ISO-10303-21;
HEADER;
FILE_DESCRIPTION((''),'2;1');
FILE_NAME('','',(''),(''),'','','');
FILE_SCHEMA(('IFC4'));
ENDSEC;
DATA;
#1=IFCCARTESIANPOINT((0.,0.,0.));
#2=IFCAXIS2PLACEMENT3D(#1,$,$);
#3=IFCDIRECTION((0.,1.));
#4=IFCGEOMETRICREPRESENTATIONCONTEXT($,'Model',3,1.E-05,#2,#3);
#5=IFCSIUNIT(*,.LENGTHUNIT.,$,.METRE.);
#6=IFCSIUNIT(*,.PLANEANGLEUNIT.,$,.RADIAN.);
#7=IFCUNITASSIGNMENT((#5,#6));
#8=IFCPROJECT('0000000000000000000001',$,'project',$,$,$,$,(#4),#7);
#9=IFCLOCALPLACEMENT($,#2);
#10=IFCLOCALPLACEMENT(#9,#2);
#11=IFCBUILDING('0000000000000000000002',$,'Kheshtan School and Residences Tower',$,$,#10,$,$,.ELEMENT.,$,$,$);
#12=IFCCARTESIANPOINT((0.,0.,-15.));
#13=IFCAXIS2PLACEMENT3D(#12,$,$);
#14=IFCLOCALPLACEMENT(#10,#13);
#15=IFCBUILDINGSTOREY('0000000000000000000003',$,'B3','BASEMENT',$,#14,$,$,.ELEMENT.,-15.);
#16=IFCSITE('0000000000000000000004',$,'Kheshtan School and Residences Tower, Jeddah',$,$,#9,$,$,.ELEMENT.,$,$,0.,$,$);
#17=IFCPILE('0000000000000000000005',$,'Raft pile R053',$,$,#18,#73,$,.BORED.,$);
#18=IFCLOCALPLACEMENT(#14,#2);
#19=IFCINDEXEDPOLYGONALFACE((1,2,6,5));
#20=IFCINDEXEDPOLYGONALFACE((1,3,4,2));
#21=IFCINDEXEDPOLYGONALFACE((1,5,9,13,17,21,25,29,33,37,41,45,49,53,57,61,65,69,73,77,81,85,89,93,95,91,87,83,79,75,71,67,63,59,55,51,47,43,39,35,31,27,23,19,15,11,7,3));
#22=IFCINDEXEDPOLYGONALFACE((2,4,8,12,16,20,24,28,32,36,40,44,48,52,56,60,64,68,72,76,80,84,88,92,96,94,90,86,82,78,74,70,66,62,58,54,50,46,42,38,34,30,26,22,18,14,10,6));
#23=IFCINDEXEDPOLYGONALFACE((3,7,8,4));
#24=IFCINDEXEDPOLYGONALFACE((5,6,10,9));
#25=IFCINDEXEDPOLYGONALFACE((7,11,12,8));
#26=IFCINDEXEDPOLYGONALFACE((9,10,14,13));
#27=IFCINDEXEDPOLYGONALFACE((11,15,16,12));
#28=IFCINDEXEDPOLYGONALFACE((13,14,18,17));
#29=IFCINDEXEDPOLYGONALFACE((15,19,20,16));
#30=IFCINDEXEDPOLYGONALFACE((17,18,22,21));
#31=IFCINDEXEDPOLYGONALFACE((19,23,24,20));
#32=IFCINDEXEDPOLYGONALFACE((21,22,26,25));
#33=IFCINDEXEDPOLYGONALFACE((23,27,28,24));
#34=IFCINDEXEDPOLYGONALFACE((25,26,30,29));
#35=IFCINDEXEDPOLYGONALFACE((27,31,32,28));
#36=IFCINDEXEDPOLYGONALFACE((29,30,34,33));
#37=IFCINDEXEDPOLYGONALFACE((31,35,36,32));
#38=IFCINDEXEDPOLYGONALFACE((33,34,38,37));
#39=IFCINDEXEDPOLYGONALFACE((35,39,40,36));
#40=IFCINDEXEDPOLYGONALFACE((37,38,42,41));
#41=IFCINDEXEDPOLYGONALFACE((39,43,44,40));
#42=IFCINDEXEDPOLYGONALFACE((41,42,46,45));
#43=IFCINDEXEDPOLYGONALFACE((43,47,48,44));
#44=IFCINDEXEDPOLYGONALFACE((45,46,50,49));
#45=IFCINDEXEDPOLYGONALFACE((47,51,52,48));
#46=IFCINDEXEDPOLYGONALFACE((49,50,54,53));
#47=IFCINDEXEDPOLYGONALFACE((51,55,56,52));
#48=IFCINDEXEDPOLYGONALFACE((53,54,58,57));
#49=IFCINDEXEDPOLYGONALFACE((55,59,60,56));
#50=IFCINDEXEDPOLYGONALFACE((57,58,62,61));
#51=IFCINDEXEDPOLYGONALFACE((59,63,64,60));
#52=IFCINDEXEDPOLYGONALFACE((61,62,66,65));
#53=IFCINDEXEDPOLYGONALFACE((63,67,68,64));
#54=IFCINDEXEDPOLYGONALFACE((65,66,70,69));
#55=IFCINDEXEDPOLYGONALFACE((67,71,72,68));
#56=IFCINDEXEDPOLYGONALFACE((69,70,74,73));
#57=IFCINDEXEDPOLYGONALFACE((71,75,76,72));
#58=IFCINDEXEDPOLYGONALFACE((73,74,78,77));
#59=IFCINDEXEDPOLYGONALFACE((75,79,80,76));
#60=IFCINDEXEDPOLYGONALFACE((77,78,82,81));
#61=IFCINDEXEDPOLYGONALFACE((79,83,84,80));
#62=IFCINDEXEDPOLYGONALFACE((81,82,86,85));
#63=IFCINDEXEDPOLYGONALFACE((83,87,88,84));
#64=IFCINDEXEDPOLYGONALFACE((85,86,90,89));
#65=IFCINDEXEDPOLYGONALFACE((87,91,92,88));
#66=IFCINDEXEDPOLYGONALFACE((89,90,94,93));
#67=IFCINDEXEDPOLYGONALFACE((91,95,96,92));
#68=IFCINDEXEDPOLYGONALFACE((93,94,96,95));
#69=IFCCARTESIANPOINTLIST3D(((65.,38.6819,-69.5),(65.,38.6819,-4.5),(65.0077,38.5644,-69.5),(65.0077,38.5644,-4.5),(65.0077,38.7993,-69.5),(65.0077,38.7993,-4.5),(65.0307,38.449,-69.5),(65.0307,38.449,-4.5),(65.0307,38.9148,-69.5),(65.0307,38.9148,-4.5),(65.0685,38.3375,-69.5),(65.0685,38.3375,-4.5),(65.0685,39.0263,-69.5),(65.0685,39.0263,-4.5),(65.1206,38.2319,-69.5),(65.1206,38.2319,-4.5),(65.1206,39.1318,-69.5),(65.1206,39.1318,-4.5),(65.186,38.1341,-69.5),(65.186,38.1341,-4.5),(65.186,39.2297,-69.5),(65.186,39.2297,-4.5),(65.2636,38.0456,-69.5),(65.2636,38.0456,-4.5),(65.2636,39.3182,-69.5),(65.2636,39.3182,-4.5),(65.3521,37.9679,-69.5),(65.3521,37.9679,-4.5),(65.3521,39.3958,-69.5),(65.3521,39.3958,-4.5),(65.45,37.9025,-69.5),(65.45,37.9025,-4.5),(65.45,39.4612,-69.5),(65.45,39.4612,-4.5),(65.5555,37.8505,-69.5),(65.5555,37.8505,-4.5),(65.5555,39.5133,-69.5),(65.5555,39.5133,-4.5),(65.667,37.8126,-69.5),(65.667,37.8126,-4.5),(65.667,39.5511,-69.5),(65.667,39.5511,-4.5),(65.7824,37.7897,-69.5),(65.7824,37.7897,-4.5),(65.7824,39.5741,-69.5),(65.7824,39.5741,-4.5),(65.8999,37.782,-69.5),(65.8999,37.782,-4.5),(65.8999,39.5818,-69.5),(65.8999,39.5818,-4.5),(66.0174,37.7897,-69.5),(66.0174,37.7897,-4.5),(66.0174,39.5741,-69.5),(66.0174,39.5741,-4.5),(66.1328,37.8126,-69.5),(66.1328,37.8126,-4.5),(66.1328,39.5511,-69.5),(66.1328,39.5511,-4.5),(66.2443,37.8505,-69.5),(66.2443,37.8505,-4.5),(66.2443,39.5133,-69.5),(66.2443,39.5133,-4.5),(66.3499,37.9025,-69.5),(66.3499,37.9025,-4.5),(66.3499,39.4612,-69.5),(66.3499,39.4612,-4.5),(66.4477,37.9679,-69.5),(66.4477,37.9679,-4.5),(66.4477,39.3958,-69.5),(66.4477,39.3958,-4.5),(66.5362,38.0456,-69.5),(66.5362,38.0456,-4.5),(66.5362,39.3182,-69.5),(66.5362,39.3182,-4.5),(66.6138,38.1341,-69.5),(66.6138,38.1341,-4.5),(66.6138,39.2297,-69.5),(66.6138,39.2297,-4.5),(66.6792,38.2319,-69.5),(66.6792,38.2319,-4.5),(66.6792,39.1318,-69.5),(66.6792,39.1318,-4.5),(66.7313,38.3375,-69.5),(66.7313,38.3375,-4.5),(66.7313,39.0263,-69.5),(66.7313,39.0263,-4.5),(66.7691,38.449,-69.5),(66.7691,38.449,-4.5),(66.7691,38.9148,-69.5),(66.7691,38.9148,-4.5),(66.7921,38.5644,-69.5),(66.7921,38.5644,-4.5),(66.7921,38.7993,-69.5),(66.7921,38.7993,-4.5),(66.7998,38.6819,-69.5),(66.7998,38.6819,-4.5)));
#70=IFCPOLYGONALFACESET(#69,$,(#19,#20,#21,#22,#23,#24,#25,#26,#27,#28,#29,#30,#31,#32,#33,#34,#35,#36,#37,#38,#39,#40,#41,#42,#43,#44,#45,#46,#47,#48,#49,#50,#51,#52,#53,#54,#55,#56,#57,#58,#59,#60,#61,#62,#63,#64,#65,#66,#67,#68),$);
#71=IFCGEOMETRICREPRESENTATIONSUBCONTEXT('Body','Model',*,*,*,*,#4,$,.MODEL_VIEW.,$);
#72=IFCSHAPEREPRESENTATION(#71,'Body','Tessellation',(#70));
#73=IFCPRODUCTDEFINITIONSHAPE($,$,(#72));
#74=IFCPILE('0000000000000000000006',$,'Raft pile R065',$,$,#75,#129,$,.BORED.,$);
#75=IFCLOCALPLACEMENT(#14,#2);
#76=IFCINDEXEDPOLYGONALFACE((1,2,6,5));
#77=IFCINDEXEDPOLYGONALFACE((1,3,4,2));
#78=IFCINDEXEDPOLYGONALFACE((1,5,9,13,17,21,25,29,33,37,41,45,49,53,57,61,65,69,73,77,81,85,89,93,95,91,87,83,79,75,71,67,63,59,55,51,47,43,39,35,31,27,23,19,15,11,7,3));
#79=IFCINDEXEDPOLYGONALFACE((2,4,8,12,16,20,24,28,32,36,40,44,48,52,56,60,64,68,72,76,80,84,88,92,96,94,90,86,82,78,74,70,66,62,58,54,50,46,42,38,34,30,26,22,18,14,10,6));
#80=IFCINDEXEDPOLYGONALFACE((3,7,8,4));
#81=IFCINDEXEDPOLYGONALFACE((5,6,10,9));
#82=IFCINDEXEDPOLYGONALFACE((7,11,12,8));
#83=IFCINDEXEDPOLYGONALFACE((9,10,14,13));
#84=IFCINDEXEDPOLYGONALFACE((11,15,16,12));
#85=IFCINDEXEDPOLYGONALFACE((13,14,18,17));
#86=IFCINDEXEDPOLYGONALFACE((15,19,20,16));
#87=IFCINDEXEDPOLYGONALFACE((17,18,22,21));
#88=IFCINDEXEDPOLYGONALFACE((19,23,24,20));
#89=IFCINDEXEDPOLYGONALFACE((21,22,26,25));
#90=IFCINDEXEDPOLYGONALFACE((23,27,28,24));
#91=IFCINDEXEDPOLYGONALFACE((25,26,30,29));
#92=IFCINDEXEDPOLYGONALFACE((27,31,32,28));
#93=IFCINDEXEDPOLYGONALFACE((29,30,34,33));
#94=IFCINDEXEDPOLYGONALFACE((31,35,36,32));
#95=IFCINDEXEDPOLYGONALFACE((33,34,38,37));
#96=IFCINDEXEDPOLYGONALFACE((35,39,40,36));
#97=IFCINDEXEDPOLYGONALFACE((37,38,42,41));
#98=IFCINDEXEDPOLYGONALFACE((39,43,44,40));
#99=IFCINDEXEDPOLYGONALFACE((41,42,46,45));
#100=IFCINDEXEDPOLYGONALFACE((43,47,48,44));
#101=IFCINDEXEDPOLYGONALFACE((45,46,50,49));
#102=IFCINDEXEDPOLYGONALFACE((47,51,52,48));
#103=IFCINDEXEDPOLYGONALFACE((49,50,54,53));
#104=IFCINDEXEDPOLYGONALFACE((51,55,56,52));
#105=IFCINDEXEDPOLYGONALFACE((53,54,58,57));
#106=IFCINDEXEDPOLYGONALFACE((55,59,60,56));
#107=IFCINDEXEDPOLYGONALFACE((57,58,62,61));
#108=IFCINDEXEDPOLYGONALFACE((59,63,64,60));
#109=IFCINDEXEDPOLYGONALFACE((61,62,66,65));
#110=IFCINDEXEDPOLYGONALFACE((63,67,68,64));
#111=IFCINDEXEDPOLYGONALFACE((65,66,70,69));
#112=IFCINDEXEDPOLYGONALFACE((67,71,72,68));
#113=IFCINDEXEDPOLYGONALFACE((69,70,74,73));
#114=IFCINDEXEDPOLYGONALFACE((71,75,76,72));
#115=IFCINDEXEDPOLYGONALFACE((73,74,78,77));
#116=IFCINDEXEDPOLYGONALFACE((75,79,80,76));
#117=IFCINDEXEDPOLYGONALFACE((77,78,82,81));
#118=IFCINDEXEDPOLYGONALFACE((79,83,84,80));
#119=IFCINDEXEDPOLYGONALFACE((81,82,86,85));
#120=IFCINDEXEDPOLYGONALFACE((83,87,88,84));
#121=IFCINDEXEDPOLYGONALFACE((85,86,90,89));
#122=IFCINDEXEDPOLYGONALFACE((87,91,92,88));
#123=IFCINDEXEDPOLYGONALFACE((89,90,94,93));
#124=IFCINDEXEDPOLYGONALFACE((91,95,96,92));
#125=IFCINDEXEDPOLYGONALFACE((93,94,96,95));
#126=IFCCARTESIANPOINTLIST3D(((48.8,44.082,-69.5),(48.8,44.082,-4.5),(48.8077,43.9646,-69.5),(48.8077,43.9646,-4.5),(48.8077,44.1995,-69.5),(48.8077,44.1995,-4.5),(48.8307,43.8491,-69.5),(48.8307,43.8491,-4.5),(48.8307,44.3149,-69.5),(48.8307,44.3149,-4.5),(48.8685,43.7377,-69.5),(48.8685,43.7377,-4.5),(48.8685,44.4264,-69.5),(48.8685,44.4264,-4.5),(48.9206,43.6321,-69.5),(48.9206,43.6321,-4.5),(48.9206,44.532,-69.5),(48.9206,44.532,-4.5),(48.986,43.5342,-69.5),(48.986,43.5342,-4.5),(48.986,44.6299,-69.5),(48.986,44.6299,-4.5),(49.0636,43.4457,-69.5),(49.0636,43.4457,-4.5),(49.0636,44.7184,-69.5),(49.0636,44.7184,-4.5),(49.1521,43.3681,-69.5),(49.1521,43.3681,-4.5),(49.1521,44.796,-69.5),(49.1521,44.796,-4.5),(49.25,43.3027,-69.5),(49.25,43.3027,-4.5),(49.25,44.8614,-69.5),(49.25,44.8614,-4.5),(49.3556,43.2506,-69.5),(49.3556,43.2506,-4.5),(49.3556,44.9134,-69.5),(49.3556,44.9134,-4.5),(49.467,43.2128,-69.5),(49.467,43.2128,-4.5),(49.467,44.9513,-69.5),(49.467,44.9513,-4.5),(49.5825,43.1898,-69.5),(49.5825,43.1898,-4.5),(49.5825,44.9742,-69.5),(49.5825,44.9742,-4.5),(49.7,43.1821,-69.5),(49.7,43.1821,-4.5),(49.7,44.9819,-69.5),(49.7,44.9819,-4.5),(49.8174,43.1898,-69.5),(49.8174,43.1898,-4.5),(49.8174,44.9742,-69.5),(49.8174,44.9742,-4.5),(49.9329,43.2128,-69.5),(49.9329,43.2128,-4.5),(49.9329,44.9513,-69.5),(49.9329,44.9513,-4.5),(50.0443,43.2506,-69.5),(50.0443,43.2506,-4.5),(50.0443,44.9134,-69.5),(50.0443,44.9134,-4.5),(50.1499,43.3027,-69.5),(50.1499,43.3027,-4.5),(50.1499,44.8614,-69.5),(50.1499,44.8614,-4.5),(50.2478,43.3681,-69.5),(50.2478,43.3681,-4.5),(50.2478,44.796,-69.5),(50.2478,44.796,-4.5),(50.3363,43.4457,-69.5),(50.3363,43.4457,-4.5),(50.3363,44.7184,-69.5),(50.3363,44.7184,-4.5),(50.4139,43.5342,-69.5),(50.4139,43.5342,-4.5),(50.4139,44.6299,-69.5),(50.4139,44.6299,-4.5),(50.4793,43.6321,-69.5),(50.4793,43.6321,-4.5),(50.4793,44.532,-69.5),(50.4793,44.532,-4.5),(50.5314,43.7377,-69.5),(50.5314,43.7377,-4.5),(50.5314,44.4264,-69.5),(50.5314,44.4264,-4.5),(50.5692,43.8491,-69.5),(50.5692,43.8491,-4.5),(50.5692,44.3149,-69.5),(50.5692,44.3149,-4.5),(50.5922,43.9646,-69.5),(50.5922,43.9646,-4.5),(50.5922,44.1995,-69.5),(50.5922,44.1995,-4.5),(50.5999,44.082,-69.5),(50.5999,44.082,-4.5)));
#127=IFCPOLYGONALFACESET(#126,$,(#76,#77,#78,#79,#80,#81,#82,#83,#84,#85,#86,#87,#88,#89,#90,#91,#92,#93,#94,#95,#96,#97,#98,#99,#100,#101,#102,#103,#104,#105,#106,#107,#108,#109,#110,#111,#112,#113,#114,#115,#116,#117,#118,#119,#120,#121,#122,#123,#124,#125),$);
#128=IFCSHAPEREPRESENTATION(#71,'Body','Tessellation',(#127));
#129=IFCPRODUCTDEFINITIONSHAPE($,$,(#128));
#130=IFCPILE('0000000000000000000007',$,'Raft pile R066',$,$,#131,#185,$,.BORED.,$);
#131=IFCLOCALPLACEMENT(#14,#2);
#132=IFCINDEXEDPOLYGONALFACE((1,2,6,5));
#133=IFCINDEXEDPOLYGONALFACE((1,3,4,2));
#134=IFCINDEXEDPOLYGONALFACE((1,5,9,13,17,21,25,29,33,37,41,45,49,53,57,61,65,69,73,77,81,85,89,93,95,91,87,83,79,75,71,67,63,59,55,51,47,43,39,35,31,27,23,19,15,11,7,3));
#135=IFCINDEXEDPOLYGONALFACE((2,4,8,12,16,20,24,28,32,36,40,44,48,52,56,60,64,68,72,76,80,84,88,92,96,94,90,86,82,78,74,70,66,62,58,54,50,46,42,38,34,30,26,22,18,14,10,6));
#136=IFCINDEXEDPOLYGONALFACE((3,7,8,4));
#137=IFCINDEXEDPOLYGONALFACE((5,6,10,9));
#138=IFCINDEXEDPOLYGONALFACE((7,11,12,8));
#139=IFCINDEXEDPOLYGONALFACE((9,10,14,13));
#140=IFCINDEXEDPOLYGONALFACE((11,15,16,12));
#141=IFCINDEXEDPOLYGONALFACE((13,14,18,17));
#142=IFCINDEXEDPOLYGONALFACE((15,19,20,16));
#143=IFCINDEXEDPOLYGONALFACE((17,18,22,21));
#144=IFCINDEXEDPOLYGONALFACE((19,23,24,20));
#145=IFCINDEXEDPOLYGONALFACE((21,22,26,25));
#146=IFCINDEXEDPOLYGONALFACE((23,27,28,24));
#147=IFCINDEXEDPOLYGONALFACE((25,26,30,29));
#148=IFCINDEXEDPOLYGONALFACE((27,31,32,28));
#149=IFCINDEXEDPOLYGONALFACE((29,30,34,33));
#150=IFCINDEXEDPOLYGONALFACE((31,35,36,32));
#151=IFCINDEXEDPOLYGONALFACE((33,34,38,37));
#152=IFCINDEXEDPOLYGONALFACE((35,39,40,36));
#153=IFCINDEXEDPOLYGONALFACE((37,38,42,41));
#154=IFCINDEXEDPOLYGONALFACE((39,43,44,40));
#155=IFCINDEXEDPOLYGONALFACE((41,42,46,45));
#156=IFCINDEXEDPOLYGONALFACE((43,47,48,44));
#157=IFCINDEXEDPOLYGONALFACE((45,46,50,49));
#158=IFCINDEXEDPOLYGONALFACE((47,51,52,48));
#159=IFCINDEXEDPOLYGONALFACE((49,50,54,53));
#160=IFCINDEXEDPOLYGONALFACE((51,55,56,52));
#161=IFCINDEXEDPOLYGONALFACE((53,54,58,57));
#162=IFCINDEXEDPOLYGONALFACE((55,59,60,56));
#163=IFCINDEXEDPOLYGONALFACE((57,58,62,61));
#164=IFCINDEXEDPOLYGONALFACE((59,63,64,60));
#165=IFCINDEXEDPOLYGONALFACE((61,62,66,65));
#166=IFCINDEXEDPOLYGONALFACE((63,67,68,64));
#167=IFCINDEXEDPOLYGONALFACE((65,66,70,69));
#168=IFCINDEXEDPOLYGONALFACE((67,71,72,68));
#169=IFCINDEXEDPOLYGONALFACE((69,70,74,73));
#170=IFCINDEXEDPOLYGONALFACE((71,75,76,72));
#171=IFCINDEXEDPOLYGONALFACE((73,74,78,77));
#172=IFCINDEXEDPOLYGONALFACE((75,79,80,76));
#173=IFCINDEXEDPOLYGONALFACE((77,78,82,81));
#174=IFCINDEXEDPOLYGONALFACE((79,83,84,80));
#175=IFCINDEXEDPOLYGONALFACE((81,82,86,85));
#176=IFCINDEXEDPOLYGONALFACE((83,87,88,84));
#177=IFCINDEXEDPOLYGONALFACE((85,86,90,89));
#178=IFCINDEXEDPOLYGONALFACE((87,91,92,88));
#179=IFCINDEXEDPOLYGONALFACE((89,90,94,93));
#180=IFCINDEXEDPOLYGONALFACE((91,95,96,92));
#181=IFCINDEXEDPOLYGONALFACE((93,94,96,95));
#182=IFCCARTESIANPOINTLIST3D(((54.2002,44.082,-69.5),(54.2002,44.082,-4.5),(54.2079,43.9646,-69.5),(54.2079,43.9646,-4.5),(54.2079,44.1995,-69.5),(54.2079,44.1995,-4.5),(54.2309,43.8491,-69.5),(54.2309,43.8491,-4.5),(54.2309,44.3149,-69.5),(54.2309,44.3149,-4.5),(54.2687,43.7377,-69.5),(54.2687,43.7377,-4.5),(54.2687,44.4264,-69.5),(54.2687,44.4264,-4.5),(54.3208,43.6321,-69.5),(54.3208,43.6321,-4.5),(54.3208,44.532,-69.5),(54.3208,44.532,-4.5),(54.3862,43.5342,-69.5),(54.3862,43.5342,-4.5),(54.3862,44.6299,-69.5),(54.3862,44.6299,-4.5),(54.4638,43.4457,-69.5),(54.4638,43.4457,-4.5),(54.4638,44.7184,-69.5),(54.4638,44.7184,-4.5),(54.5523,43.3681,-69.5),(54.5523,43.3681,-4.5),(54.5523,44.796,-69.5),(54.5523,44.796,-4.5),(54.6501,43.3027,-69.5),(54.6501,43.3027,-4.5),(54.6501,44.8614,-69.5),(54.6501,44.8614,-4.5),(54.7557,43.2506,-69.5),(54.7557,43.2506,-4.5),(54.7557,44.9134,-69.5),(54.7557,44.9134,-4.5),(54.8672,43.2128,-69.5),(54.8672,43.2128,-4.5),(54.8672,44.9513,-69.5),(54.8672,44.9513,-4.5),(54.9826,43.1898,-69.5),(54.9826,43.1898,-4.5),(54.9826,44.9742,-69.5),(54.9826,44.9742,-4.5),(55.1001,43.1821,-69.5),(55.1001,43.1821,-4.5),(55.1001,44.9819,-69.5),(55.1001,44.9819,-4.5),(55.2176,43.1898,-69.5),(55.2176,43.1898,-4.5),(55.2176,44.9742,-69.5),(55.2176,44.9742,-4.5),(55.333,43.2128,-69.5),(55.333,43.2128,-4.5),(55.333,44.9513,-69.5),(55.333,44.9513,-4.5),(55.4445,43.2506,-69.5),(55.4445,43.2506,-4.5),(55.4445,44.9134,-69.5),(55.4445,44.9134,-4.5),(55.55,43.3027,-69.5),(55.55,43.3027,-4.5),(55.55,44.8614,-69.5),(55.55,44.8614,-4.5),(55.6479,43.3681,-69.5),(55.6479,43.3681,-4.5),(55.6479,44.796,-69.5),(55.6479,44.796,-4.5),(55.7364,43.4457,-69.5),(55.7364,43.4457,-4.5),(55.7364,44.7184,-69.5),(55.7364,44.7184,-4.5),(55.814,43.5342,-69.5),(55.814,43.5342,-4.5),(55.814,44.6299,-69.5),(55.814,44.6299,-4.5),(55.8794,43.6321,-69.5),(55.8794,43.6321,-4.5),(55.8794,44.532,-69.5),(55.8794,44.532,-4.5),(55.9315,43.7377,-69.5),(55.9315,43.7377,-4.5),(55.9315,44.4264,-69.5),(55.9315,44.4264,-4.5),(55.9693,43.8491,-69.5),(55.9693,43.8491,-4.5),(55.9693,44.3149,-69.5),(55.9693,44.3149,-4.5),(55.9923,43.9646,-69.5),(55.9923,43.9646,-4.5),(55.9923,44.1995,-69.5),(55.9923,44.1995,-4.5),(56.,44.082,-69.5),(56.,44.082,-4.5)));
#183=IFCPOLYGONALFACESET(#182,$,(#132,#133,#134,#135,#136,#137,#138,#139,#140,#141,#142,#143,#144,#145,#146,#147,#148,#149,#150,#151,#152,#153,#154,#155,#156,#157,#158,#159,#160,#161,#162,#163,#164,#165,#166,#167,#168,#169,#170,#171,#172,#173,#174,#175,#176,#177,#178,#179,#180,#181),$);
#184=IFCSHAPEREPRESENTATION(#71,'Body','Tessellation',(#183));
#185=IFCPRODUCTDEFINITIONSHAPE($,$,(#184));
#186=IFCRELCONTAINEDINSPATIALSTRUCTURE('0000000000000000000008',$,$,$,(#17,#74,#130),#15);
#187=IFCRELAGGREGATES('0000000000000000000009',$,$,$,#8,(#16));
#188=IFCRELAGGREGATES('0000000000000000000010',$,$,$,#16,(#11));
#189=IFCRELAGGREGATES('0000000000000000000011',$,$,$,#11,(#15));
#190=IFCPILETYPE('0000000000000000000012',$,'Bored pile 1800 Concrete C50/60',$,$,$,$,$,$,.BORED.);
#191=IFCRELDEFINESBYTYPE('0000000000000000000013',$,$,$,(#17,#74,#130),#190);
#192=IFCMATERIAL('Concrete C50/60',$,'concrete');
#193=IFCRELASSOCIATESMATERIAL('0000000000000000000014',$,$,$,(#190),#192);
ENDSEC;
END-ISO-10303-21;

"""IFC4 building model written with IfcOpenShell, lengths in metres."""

from ifc_helpers import new_model, si_unit, direction, frame, origin, origin_2d, place, context, subcontext, project, spatial, circle, extrude, material, material_profile, profile_set, type_object, element, save


model = new_model("IFC4")

# Units and contexts
model_context = context("Model", 3, precision=1e-05, world=origin(), true_north=direction((0.0, 1.0)))
body_context = subcontext(model_context, "Body", "Model", "MODEL_VIEW")
ifc_project = project(units=[si_unit("LENGTHUNIT", "METRE"), si_unit("PLANEANGLEUNIT", "RADIAN")], contexts=[model_context])

# Site, building, storey
site_placement = place(None, origin())
site = spatial("IfcSite", under=ifc_project, at=site_placement, Name="Kheshtan School and Residences Tower, Jeddah", CompositionType="ELEMENT", RefElevation=0.0)
building_placement = place(site_placement, origin())
building = spatial("IfcBuilding", under=site, at=building_placement, Name="Kheshtan School and Residences Tower", CompositionType="ELEMENT")
storey_placement = place(building_placement, frame((0.0, 0.0, -15.0)))
storey = spatial("IfcBuildingStorey", under=building, at=storey_placement, Name="B3", Description="BASEMENT", CompositionType="ELEMENT", Elevation=-15.0)

# Piles
ifc_material_1 = material(Name="Concrete C50/60", Category="concrete")
ifc_material_profile_1 = material_profile(ifc_material_1, circle(Radius=0.8999, at=origin_2d()), Name="BP 1800")
ifc_profile_set_1 = profile_set([ifc_material_profile_1], Name="Concrete C50/60")
pile_type_1 = type_object("IfcPileType", Name="Bored pile 1800 Concrete C50/60", PredefinedType="BORED", material=ifc_profile_set_1)
for number, where, z_axis, x_axis, name in (
    (1, (65.8999, 38.6819, -4.5), (0.0, 0.0, -1.0), (1.0, 0.0, 0.0), "Raft pile R053"),
    (2, (49.7, 44.082, -4.5), (0.0, 0.0, -1.0), (1.0, 0.0, 0.0), "Raft pile R065"),
    (3, (55.1001, 44.082, -4.5), (0.0, 0.0, -1.0), (1.0, 0.0, 0.0), "Raft pile R066"),
):
    element("IfcPile", number, at=place(storey_placement, frame(where, z_axis=z_axis, x_axis=x_axis)), inside=storey, type_object=pile_type_1, Name=name, PredefinedType="BORED", context=body_context, shape_type="SweptSolid", body=[
        extrude(circle(Radius=0.8999, at=origin_2d()), origin(), (0.0, 0.0, 1.0), 65.0),
    ])

save(model, "model.ifc")
